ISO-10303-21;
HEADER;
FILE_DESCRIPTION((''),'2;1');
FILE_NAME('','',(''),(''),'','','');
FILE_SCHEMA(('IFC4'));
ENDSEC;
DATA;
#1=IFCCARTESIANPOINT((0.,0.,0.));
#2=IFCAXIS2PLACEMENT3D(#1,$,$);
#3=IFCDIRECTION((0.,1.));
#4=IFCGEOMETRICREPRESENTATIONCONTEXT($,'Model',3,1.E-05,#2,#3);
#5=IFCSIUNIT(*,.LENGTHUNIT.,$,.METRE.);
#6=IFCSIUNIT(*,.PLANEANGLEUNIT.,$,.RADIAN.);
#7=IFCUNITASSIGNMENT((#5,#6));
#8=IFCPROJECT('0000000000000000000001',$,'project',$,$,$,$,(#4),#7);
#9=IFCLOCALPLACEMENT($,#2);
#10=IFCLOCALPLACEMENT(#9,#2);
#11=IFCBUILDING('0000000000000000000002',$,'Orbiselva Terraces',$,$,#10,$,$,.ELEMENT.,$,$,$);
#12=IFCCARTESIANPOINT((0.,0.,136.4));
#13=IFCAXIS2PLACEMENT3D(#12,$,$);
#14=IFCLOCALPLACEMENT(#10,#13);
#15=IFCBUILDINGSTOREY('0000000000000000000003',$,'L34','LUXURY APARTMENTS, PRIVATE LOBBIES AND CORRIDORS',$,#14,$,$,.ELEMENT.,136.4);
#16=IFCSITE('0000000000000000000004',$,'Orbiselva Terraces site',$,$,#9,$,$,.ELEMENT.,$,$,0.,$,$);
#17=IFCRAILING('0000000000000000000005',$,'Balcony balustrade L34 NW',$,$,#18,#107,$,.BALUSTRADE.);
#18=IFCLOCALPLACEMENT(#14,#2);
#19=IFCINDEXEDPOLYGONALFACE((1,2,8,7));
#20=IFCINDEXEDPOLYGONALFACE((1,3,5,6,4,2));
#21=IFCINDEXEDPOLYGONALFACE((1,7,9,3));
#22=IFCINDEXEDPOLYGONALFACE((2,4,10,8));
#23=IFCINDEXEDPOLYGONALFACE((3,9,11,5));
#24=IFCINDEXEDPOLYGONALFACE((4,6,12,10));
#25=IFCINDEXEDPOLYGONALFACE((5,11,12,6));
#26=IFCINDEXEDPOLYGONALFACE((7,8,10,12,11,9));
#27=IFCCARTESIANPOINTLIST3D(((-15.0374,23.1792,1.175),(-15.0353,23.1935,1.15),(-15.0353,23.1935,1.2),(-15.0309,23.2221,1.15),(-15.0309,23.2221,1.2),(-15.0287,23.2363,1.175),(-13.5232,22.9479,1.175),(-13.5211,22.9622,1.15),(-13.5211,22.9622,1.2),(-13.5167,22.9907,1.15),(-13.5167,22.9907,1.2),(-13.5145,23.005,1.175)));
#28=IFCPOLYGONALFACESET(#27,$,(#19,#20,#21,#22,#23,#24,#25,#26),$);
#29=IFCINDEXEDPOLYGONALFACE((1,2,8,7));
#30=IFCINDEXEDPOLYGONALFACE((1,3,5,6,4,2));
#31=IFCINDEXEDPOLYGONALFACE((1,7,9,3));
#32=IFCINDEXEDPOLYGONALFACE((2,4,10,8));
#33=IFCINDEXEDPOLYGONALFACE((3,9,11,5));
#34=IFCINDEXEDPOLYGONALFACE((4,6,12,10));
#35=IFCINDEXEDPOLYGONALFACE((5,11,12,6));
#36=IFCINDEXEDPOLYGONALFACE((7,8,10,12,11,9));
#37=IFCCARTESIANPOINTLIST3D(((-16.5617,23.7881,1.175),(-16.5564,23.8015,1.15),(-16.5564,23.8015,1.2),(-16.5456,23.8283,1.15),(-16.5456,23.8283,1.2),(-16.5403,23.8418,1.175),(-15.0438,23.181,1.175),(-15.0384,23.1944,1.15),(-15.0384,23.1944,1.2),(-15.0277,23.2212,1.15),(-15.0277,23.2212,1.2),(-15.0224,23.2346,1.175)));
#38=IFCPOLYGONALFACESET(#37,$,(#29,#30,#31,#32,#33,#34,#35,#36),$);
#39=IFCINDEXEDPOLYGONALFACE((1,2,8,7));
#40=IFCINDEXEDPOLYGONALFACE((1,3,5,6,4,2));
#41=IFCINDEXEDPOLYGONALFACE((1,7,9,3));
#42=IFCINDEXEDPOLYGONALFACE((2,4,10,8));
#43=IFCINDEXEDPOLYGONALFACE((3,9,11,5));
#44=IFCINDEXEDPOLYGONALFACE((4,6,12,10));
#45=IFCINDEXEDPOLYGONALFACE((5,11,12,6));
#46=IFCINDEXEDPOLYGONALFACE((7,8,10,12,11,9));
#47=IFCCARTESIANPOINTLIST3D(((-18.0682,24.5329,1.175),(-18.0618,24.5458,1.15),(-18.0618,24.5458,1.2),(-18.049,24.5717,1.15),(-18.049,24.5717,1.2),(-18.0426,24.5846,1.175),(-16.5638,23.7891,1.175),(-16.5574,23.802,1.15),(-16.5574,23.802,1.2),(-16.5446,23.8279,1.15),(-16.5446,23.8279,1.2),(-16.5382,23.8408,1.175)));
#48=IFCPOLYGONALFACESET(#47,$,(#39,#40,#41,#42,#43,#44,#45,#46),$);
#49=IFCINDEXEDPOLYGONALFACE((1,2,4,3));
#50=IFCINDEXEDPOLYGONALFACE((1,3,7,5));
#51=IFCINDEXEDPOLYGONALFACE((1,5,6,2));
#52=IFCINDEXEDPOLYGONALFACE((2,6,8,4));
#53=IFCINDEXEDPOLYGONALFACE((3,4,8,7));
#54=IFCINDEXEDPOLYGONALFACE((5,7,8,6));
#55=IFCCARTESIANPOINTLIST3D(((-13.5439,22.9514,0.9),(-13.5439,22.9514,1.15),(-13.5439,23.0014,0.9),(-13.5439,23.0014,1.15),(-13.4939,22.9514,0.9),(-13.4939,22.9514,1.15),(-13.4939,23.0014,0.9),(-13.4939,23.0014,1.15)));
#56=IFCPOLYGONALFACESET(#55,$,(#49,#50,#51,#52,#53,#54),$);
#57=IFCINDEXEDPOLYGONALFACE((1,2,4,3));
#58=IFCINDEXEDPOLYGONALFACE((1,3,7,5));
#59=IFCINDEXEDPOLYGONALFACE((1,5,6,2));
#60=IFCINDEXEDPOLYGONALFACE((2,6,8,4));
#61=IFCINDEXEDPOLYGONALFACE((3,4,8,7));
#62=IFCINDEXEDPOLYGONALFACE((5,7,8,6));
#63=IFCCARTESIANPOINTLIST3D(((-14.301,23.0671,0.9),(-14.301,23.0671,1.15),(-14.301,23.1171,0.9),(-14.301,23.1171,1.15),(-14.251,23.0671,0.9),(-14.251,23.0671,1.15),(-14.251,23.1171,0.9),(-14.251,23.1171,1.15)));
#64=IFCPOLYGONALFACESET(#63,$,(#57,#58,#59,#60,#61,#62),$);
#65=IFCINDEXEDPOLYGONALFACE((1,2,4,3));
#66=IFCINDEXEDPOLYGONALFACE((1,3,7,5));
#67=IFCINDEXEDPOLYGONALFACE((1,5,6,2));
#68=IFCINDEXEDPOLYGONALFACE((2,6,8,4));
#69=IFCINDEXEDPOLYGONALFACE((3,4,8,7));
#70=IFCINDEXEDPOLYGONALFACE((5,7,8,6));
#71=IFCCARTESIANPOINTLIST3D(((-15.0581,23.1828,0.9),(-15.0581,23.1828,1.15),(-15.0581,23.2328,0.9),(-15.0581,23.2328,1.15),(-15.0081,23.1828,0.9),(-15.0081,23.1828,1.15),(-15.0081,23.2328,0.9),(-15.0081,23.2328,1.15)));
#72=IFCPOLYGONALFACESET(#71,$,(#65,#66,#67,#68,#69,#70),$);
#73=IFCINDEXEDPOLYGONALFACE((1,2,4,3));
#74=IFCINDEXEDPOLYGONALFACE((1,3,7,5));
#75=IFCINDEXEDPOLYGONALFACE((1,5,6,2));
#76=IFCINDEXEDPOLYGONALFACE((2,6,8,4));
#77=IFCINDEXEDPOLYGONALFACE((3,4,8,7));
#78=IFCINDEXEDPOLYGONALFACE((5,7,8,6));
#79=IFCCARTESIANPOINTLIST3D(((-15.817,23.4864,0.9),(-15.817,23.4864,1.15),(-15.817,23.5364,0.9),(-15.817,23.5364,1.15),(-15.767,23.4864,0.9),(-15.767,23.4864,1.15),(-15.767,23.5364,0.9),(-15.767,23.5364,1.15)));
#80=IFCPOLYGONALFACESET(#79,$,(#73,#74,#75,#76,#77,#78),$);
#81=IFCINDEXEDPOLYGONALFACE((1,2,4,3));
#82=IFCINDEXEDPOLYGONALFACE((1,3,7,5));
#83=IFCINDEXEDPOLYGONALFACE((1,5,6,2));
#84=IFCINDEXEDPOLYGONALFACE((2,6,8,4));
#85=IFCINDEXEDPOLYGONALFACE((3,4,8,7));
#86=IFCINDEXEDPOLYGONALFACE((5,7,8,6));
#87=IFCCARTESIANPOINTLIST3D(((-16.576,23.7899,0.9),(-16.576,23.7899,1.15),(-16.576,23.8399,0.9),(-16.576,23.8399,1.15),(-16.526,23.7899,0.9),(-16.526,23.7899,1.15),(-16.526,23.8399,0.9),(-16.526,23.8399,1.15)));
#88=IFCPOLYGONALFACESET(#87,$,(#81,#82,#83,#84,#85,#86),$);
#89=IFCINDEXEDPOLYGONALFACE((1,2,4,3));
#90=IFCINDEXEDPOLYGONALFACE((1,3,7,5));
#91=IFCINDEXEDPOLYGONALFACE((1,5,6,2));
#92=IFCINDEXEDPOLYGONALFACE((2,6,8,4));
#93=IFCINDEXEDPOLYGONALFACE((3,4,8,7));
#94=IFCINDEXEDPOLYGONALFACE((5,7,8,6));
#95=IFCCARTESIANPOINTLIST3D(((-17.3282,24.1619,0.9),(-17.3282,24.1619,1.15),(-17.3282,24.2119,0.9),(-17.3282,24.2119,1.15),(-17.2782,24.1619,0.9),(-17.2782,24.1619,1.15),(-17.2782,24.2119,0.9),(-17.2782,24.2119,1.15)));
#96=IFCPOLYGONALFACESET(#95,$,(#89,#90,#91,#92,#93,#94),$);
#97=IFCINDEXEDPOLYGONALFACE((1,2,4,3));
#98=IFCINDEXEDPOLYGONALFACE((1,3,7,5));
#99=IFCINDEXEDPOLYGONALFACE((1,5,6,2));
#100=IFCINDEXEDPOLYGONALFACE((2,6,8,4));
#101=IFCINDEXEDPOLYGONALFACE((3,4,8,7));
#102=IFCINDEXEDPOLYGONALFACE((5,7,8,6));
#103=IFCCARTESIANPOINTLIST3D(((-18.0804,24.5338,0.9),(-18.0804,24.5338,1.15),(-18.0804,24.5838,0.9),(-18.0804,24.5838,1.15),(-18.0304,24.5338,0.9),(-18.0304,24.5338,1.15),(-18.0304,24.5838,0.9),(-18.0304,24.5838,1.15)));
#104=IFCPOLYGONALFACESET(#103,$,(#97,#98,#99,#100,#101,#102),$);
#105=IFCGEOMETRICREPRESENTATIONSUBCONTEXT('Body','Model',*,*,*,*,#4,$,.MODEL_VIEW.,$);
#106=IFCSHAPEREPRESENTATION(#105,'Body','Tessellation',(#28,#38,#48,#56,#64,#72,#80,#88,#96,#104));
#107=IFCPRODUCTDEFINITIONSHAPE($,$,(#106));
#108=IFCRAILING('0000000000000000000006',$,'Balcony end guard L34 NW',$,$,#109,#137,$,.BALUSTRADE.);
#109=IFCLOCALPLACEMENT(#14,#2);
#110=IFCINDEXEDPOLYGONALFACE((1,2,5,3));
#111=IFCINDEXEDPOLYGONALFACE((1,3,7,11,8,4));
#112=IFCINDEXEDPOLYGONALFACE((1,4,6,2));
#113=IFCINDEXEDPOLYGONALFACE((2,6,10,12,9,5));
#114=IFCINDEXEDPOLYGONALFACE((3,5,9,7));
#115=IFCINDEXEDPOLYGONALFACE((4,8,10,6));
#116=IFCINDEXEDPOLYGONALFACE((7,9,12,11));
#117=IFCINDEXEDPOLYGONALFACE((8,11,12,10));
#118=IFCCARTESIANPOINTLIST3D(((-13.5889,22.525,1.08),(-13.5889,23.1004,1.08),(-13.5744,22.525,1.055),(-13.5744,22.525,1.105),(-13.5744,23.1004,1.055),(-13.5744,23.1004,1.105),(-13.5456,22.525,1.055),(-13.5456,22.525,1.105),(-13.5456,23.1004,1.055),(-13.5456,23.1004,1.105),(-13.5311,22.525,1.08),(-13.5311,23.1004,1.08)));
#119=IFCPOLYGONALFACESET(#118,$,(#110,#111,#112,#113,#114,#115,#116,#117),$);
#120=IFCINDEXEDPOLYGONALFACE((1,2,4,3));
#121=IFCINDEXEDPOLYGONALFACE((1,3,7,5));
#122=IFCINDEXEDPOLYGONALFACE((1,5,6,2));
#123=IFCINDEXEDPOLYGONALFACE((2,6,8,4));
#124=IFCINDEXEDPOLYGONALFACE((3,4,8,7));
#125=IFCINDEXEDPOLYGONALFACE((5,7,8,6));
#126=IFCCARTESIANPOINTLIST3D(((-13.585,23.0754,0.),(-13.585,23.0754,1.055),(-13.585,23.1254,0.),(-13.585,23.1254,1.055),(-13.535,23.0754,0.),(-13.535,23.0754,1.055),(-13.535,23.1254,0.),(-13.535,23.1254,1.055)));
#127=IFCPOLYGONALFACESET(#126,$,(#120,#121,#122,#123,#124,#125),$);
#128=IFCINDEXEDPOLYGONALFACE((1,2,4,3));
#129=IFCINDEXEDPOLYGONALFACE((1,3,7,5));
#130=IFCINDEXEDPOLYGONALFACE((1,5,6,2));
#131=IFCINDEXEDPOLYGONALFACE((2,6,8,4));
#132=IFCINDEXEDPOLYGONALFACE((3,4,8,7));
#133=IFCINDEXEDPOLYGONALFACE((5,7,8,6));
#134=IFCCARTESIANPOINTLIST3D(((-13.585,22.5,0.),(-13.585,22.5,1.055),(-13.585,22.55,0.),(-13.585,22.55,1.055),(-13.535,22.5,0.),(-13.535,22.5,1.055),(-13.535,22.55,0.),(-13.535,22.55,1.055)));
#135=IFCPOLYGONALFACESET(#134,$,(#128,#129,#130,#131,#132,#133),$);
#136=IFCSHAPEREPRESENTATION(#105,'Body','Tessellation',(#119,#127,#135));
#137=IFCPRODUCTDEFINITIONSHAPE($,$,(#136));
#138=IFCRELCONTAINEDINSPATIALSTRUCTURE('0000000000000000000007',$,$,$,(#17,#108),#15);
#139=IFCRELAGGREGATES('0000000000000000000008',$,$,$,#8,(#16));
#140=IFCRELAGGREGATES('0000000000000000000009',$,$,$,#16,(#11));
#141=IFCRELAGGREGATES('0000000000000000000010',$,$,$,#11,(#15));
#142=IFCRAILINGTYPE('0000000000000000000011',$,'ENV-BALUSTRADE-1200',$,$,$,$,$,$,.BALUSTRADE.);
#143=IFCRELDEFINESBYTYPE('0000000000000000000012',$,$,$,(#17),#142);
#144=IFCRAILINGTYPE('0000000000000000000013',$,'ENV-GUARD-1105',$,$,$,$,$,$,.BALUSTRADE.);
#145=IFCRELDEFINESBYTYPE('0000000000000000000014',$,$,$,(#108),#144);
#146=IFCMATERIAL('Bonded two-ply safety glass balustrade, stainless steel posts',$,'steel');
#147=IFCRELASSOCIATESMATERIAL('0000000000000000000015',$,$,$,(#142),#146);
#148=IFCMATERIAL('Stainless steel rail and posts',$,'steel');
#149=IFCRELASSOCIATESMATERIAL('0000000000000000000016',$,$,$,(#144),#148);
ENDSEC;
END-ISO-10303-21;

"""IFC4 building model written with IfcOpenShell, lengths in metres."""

from ifc_helpers import new_model, si_unit, direction, frame, origin, origin_2d, place, context, subcontext, project, spatial, polyline, rectangle, outline, extrude, material, type_object, element, save


model = new_model("IFC4")

# Units and contexts
model_context = context("Model", 3, precision=1e-05, world=origin(), true_north=direction((0.0, 1.0)))
body_context = subcontext(model_context, "Body", "Model", "MODEL_VIEW")
ifc_project = project(units=[si_unit("LENGTHUNIT", "METRE"), si_unit("PLANEANGLEUNIT", "RADIAN")], contexts=[model_context])

# Site, building, storey
site_placement = place(None, origin())
site = spatial("IfcSite", under=ifc_project, at=site_placement, Name="Orbiselva Terraces site", CompositionType="ELEMENT", RefElevation=0.0)
building_placement = place(site_placement, origin())
building = spatial("IfcBuilding", under=site, at=building_placement, Name="Orbiselva Terraces", CompositionType="ELEMENT")
storey_placement = place(building_placement, frame((0.0, 0.0, 136.4)))
storey = spatial("IfcBuildingStorey", under=building, at=storey_placement, Name="L34", Description="LUXURY APARTMENTS, PRIVATE LOBBIES AND CORRIDORS", CompositionType="ELEMENT", Elevation=136.4)

# Railings
ifc_material_1 = material(Name="Bonded two-ply safety glass balustrade, stainless steel posts", Category="steel")
railing_type_1 = type_object("IfcRailingType", Name="ENV-BALUSTRADE-1200", PredefinedType="BALUSTRADE", material=ifc_material_1)
railing_1_placement = place(storey_placement, frame((-13.5189, 22.9764, 0.9)))
element("IfcRailing", 1, at=railing_1_placement, inside=storey, type_object=railing_type_1, Name="Balcony balustrade L34 NW", PredefinedType="BALUSTRADE", context=body_context, shape_type="SweptSolid", body=[
    extrude(outline(polyline([(0.0289, 0.0), (0.0144, 0.025), (-0.0144, 0.025), (-0.0289, 0.0), (-0.0144, -0.025), (0.0144, -0.025), (0.0289, 0.0)])), frame((0.0, 0.0, 0.275), z_axis=(-0.988529, 0.151034, 0.0), x_axis=(-0.151034, -0.988529, 0.0)), (0.0, 0.0, 1.0), 1.5318),
    extrude(outline(polyline([(0.0289, 0.0), (0.0144, 0.025), (-0.0144, 0.025), (-0.0289, 0.0), (-0.0144, -0.025), (0.0144, -0.025), (0.0289, 0.0)])), frame((-1.5142, 0.2314, 0.275), z_axis=(-0.928477, 0.37139, 0.0), x_axis=(-0.37139, -0.928477, 0.0)), (0.0, 0.0, 1.0), 1.6348),
    extrude(outline(polyline([(0.0289, 0.0), (0.0144, 0.025), (-0.0144, 0.025), (-0.0289, 0.0), (-0.0144, -0.025), (0.0144, -0.025), (0.0289, 0.0)])), frame((-3.0321, 0.8385, 0.275), z_axis=(-0.896417, 0.443213, 0.0), x_axis=(-0.443213, -0.896417, 0.0)), (0.0, 0.0, 1.0), 1.6782),
    extrude(rectangle(XDim=0.05, YDim=0.05, at=origin_2d()), origin(), (0.0, 0.0, 1.0), 0.25),
    extrude(rectangle(XDim=0.05, YDim=0.05, at=origin_2d()), frame((-0.7571, 0.1157, 0.0)), (0.0, 0.0, 1.0), 0.25),
    extrude(rectangle(XDim=0.05, YDim=0.05, at=origin_2d()), frame((-1.5142, 0.2314, 0.0)), (0.0, 0.0, 1.0), 0.25),
    extrude(rectangle(XDim=0.05, YDim=0.05, at=origin_2d()), frame((-2.2732, 0.5349, 0.0)), (0.0, 0.0, 1.0), 0.25),
    extrude(rectangle(XDim=0.05, YDim=0.05, at=origin_2d()), frame((-3.0321, 0.8385, 0.0)), (0.0, 0.0, 1.0), 0.25),
    extrude(rectangle(XDim=0.05, YDim=0.05, at=origin_2d()), frame((-3.7843, 1.2104, 0.0)), (0.0, 0.0, 1.0), 0.25),
    extrude(rectangle(XDim=0.05, YDim=0.05, at=origin_2d()), frame((-4.5365, 1.5823, 0.0)), (0.0, 0.0, 1.0), 0.25),
])
ifc_material_2 = material(Name="Stainless steel rail and posts", Category="steel")
railing_type_2 = type_object("IfcRailingType", Name="ENV-GUARD-1105", PredefinedType="BALUSTRADE", material=ifc_material_2)
railing_2_placement = place(storey_placement, frame((-13.56, 23.1004, 0.0)))
element("IfcRailing", 2, at=railing_2_placement, inside=storey, type_object=railing_type_2, Name="Balcony end guard L34 NW", PredefinedType="BALUSTRADE", context=body_context, shape_type="SweptSolid", body=[
    extrude(outline(polyline([(0.0289, 0.0), (0.0144, 0.025), (-0.0144, 0.025), (-0.0289, 0.0), (-0.0144, -0.025), (0.0144, -0.025), (0.0289, 0.0)])), frame((0.0, 0.0, 1.08), z_axis=(0.0, -1.0, 0.0), x_axis=(1.0, 0.0, 0.0)), (0.0, 0.0, 1.0), 0.5754),
    extrude(rectangle(XDim=0.05, YDim=0.05, at=origin_2d()), origin(), (0.0, 0.0, 1.0), 1.055),
    extrude(rectangle(XDim=0.05, YDim=0.05, at=origin_2d()), frame((0.0, -0.5754, 0.0)), (0.0, 0.0, 1.0), 1.055),
])

save(model, "model.ifc")
